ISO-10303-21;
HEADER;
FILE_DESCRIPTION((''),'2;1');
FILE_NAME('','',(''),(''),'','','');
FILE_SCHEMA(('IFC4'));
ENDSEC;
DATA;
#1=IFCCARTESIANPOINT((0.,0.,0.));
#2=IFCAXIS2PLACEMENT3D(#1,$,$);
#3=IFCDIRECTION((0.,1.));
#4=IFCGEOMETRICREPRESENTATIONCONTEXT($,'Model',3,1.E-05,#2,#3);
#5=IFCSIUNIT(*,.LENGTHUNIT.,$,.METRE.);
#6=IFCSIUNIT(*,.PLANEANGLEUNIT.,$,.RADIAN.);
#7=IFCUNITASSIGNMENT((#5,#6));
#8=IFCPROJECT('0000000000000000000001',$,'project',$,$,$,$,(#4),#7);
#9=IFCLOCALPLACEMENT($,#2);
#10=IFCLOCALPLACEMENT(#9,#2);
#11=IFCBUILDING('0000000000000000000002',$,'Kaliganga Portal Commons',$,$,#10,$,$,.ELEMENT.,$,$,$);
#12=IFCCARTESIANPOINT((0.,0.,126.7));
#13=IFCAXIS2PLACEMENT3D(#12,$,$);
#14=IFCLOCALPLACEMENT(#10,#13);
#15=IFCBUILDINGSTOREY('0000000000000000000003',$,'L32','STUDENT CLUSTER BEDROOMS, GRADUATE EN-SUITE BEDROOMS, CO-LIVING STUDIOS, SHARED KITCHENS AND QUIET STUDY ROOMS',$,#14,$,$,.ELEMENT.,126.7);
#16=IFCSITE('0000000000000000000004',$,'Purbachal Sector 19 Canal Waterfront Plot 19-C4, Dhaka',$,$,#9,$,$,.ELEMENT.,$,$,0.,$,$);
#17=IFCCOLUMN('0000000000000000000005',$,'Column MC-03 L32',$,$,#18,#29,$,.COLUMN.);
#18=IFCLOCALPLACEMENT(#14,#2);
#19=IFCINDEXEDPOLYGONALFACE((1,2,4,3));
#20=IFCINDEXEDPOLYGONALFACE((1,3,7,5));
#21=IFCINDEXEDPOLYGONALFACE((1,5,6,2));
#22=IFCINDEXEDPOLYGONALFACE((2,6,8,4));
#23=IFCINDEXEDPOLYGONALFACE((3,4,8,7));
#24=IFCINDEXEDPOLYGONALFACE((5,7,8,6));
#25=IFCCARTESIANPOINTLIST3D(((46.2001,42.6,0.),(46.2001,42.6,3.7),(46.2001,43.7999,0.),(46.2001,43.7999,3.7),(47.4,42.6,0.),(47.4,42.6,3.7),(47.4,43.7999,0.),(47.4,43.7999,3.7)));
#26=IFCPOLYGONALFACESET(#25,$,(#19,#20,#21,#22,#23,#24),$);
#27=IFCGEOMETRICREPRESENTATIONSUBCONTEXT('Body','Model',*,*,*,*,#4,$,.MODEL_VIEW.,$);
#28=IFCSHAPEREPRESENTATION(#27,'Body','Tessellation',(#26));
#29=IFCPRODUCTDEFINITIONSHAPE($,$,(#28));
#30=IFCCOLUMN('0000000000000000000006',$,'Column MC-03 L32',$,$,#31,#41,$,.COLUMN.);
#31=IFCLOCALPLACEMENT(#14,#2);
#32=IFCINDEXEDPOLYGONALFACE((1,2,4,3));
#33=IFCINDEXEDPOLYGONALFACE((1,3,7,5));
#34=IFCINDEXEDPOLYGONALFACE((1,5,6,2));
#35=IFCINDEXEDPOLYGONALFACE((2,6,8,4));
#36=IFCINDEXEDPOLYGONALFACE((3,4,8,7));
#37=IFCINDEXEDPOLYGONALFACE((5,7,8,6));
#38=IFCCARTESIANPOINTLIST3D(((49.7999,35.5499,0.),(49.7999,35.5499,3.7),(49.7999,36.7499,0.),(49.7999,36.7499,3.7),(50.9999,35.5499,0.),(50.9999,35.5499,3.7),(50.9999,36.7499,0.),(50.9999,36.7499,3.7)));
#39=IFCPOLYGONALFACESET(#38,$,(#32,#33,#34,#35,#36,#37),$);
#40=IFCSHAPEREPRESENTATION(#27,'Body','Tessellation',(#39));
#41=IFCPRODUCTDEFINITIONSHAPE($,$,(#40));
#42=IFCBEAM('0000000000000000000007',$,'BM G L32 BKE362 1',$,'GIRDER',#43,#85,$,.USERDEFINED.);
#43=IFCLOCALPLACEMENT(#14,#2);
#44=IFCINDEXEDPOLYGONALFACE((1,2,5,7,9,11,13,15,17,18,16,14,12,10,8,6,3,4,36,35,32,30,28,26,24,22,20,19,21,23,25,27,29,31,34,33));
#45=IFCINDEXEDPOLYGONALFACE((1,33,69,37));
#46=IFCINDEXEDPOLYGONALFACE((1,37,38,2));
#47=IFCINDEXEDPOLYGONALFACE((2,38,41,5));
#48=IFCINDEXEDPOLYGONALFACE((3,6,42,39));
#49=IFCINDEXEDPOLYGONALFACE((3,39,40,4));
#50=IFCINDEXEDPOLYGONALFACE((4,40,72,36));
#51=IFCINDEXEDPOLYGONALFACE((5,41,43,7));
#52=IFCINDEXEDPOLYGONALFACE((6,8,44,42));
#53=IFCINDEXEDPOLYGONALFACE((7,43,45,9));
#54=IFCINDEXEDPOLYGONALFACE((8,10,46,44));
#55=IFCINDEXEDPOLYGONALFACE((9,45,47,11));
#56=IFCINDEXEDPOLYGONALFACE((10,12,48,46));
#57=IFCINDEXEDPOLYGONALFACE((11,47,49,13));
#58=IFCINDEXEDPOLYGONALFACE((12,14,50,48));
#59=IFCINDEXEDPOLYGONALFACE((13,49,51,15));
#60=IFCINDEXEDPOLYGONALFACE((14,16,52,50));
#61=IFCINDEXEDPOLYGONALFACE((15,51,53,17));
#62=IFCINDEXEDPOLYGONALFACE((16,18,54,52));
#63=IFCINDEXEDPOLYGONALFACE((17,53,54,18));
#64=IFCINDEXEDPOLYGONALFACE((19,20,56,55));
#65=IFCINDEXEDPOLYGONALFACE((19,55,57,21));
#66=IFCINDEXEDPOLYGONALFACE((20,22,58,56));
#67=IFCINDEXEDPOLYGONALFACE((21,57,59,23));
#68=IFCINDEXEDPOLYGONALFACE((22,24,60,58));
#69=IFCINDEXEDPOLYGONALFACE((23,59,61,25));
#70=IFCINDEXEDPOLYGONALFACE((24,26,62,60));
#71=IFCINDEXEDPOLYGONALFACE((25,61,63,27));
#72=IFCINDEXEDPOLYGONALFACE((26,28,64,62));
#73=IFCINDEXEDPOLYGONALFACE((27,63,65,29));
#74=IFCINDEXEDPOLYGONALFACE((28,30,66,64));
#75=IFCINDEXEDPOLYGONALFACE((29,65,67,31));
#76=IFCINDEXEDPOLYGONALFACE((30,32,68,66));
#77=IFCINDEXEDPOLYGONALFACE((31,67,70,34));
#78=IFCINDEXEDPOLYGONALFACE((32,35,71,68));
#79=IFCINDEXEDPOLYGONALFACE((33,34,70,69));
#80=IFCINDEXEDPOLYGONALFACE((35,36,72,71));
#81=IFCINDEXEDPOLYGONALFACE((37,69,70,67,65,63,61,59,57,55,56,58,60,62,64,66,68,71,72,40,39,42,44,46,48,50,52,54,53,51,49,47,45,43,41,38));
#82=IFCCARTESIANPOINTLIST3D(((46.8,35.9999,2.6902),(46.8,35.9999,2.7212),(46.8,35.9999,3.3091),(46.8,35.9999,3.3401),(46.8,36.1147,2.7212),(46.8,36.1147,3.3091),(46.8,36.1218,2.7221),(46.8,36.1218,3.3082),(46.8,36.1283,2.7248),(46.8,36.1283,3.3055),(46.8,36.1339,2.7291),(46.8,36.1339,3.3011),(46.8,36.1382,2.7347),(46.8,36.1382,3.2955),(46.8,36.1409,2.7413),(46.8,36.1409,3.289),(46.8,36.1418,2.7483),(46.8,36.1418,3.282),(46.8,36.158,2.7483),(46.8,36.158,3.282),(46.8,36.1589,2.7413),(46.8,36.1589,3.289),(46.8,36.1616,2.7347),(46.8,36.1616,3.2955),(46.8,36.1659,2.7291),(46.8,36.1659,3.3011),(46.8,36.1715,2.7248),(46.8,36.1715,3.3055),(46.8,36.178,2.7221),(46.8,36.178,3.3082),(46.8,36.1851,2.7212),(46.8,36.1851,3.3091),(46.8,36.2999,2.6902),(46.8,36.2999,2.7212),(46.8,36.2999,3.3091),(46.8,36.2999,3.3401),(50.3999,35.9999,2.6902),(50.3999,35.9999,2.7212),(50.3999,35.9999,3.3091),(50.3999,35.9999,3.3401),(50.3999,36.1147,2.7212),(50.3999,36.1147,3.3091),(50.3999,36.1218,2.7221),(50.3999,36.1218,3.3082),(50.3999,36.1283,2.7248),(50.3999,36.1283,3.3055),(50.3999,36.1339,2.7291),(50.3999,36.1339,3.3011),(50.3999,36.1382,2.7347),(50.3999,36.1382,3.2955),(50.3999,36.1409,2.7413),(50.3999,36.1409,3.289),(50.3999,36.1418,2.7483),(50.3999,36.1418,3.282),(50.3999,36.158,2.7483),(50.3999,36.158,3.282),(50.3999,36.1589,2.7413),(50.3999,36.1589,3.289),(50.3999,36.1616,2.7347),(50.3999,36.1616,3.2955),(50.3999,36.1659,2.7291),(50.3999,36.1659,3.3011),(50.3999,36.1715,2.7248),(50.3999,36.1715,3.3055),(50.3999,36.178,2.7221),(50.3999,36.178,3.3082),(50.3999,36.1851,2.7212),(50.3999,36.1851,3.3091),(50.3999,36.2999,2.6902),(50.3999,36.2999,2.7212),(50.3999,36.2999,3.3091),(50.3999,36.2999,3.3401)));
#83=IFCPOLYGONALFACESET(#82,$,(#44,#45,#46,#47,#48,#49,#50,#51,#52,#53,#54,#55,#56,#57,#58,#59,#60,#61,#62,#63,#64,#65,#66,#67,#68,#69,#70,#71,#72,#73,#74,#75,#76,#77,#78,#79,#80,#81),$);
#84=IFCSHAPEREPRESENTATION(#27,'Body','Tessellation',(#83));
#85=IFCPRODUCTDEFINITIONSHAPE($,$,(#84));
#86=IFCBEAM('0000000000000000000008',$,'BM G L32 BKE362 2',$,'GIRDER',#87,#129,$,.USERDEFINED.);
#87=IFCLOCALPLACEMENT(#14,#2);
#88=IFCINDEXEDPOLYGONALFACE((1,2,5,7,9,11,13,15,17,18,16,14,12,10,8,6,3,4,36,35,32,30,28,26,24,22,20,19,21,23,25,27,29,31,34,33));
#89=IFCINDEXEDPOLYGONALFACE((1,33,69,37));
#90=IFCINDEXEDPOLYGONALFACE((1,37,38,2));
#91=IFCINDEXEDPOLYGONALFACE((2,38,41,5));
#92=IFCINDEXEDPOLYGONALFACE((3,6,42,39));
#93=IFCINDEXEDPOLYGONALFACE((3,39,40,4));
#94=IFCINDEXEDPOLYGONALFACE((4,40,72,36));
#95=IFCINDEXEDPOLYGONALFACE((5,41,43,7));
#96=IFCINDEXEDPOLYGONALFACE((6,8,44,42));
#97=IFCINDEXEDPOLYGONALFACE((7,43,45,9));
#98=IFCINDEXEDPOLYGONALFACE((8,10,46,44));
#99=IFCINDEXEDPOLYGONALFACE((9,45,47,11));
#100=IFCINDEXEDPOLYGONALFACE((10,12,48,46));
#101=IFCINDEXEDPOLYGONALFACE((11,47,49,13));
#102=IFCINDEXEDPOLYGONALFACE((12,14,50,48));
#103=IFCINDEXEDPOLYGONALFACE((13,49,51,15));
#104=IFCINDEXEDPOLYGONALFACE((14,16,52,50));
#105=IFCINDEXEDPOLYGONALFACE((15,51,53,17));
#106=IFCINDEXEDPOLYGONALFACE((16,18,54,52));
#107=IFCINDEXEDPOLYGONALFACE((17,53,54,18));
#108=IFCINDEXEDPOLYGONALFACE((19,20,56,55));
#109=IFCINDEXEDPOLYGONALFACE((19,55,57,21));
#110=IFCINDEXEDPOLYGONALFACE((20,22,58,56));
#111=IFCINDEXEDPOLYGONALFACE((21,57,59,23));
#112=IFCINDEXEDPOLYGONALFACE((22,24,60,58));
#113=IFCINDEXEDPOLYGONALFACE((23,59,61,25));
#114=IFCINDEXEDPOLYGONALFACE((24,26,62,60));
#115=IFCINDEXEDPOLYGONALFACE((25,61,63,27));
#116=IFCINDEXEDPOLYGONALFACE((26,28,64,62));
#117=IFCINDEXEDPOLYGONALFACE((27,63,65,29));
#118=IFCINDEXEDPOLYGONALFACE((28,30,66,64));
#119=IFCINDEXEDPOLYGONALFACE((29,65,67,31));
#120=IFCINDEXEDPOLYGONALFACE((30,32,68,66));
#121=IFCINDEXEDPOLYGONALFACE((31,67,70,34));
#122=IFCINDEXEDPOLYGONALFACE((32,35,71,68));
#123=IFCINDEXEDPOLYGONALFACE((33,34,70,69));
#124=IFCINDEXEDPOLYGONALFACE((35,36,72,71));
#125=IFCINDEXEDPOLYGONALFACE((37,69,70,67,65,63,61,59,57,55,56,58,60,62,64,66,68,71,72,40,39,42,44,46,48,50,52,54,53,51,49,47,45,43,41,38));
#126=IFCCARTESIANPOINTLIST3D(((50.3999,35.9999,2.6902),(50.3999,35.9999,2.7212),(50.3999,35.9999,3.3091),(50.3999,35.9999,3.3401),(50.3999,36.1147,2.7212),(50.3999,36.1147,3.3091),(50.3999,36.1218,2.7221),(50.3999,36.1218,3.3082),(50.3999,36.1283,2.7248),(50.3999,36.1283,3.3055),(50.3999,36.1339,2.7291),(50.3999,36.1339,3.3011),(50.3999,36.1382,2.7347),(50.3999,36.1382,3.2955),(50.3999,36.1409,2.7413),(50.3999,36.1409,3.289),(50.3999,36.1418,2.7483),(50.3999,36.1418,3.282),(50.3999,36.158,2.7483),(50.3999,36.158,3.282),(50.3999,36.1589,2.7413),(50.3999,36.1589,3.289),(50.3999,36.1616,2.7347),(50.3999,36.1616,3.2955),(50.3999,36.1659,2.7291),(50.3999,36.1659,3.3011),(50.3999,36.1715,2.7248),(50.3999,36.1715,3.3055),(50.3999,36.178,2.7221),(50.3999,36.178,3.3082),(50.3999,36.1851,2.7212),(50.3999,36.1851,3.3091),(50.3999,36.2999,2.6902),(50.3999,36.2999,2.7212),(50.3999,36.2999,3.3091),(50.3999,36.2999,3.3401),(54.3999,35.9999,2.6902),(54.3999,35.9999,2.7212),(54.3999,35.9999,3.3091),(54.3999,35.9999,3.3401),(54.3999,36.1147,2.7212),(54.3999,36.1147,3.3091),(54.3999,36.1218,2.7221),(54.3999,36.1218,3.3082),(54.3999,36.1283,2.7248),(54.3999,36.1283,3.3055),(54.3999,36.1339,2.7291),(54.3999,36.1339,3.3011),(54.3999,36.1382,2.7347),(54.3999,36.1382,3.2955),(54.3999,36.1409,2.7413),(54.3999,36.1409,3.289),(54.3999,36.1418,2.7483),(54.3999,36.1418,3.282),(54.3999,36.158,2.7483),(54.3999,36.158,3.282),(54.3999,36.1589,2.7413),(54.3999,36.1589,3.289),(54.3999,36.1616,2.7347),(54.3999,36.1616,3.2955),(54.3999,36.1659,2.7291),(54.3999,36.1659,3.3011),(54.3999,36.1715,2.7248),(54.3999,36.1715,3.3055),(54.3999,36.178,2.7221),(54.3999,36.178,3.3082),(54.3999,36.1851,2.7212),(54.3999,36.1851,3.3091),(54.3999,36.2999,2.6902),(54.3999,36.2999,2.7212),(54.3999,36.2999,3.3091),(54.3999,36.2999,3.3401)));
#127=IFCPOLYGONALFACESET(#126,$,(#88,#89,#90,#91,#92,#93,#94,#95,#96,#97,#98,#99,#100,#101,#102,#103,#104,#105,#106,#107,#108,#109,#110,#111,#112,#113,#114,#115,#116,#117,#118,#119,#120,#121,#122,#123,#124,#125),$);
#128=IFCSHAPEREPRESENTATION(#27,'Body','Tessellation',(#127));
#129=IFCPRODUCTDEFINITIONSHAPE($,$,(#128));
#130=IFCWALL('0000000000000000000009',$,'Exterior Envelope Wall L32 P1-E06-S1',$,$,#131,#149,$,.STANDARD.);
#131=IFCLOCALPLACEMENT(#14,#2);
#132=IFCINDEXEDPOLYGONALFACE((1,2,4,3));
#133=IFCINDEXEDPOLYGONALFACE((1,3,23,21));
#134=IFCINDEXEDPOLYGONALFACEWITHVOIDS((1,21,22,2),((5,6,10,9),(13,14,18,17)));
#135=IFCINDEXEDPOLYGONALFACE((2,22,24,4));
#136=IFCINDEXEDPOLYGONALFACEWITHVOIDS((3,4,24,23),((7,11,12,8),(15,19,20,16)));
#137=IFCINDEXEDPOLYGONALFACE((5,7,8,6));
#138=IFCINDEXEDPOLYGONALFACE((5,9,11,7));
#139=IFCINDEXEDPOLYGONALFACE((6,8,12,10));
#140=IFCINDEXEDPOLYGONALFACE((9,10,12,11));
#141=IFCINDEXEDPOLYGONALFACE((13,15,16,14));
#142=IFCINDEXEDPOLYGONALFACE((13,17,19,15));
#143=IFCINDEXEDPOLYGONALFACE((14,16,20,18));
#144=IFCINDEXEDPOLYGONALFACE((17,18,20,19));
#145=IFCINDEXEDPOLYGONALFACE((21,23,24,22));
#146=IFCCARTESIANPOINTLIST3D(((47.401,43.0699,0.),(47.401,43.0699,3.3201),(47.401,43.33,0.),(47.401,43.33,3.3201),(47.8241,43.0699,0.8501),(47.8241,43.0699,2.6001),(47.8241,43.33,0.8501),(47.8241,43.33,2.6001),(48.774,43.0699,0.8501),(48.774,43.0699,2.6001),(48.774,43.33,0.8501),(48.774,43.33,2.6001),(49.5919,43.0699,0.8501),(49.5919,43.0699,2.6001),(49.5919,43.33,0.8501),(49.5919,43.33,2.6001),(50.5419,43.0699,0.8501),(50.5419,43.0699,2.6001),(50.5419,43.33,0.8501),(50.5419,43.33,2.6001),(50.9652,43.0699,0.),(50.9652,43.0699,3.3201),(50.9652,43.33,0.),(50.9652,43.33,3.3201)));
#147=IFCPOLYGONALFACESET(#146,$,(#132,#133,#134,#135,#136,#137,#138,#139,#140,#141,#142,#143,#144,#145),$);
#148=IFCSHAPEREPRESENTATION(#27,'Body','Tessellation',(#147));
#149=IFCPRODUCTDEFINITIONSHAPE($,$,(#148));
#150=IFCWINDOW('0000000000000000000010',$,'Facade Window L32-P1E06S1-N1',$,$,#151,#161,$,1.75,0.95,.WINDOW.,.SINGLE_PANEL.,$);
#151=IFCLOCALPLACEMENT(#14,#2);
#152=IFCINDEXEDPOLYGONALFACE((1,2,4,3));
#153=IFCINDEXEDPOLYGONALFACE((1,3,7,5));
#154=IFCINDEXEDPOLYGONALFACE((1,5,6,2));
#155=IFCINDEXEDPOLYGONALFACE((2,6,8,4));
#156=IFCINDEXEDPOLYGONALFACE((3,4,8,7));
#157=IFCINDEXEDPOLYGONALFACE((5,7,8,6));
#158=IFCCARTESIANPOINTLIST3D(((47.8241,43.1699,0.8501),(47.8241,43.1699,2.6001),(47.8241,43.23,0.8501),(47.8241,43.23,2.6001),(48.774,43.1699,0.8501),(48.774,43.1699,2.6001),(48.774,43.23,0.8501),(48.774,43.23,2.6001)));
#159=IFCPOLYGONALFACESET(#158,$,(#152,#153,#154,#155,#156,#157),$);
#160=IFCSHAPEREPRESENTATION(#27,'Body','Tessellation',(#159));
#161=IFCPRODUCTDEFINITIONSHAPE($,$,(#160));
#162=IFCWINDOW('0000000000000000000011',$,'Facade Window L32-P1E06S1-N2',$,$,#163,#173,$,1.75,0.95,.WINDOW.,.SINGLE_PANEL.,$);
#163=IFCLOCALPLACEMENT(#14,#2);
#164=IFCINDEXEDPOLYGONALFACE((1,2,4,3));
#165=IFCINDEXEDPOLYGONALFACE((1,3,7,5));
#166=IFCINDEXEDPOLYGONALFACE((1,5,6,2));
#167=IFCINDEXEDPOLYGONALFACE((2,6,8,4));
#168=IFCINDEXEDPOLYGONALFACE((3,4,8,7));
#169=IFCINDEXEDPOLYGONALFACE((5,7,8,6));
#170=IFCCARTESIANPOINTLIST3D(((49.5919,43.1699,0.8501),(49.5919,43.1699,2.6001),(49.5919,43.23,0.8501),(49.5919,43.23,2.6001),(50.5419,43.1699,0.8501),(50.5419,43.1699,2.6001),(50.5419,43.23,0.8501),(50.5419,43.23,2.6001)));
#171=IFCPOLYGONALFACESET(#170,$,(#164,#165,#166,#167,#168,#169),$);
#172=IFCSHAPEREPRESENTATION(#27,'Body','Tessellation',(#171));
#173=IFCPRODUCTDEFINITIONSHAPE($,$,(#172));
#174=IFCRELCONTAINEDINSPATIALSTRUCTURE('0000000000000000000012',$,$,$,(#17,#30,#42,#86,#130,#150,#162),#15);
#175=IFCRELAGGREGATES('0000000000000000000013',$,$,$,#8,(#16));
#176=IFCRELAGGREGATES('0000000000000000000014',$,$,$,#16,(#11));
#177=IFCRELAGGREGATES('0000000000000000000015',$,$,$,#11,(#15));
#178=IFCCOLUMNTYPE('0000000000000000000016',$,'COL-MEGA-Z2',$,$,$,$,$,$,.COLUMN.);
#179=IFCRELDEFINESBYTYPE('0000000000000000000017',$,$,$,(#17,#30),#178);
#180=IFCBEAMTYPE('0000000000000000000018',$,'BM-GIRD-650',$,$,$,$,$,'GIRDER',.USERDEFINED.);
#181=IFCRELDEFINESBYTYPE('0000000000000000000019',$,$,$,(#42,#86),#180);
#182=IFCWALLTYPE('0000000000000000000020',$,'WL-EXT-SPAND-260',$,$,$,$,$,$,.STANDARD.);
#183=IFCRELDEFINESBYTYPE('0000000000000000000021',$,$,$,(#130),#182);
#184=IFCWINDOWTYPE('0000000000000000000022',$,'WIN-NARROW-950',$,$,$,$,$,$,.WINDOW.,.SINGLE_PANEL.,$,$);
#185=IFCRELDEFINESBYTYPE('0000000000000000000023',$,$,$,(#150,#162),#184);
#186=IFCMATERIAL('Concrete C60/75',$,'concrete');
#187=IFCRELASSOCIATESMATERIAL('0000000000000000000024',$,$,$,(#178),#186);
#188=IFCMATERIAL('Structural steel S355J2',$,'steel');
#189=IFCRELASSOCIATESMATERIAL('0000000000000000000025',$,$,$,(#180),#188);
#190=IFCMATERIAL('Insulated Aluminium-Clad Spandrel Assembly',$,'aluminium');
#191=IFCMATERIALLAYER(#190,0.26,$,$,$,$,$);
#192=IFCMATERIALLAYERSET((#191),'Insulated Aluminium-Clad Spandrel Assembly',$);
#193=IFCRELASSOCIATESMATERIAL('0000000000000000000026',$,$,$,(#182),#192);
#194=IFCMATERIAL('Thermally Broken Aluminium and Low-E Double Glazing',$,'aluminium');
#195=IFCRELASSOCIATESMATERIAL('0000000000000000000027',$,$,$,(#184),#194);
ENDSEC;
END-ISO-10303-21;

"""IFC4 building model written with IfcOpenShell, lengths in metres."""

from ifc_helpers import new_model, si_unit, direction, frame, frame_2d, origin, origin_2d, place, context, subcontext, project, spatial, rectangle, i_section, extrude, source, transform, mapped, material, layer, layer_set, material_profile, profile_set, type_object, element, fill, save


model = new_model("IFC4")

# Units and contexts
model_context = context("Model", 3, precision=1e-05, world=origin(), true_north=direction((0.0, 1.0)))
body_context = subcontext(model_context, "Body", "Model", "MODEL_VIEW")
ifc_project = project(units=[si_unit("LENGTHUNIT", "METRE"), si_unit("PLANEANGLEUNIT", "RADIAN")], contexts=[model_context])

# Site, building, storey
site_placement = place(None, origin())
site = spatial("IfcSite", under=ifc_project, at=site_placement, Name="Purbachal Sector 19 Canal Waterfront Plot 19-C4, Dhaka", CompositionType="ELEMENT", RefElevation=0.0)
building_placement = place(site_placement, origin())
building = spatial("IfcBuilding", under=site, at=building_placement, Name="Kaliganga Portal Commons", CompositionType="ELEMENT")
storey_placement = place(building_placement, frame((0.0, 0.0, 126.7)))
storey = spatial("IfcBuildingStorey", under=building, at=storey_placement, Name="L32", Description="STUDENT CLUSTER BEDROOMS, GRADUATE EN-SUITE BEDROOMS, CO-LIVING STUDIOS, SHARED KITCHENS AND QUIET STUDY ROOMS", CompositionType="ELEMENT", Elevation=126.7)

# Columns
ifc_material_1 = material(Name="Concrete C60/75", Category="concrete")
ifc_material_profile_1 = material_profile(ifc_material_1, rectangle(XDim=1.2, YDim=1.2, at=origin_2d()), Name="RC 1200x1200")
ifc_profile_set_1 = profile_set([ifc_material_profile_1], Name="Concrete C60/75")
column_type = type_object("IfcColumnType", Name="COL-MEGA-Z2", PredefinedType="COLUMN", material=ifc_profile_set_1)
shared_shape_1 = source(origin(), body_context, "Body", "SweptSolid", [
    extrude(rectangle(XDim=1.2, YDim=1.2, at=origin_2d()), origin(), (0.0, 0.0, 1.0), 3.7),
])
for number, where, z_axis, x_axis, name in (
    (1, (46.8, 43.2, 0.0), (0.0, 0.0, 1.0), (1.0, 0.0, 0.0), "Column MC-03 L32"),
    (2, (50.3999, 36.1499, 0.0), (0.0, 0.0, 1.0), (1.0, 0.0, 0.0), "Column MC-03 L32"),
):
    element("IfcColumn", number, at=place(storey_placement, frame(where, z_axis=z_axis, x_axis=x_axis)), inside=storey, type_object=column_type, Name=name, PredefinedType="COLUMN", context=body_context, shape_type="MappedRepresentation", body=[
        mapped(shared_shape_1, transform((0.0, 0.0, 0.0), x_axis=(1.0, 0.0, 0.0), y_axis=(0.0, 1.0, 0.0), z_axis=(0.0, 0.0, 1.0), scale=1.0)),
    ])

# Beams
ifc_material_2 = material(Name="Structural steel S355J2", Category="steel")
ifc_material_profile_2 = material_profile(ifc_material_2, i_section(OverallWidth=0.3, OverallDepth=0.6499, WebThickness=0.0161, FlangeThickness=0.031, FilletRadius=0.0271, at=origin_2d()), Name="HE 650 B")
ifc_profile_set_2 = profile_set([ifc_material_profile_2], Name="Structural steel S355J2 wide-flange")
beam_type = type_object("IfcBeamType", Name="BM-GIRD-650", ElementType="GIRDER", PredefinedType="USERDEFINED", material=ifc_profile_set_2)
shared_shape_2 = source(origin(), body_context, "Body", "SweptSolid", [
    extrude(i_section(OverallWidth=0.3, OverallDepth=0.6499, WebThickness=0.0161, FlangeThickness=0.031, FilletRadius=0.0271, at=origin_2d()), origin(), (0.0, 0.0, 1.0), 3.5999),
])
beam_1_placement = place(storey_placement, frame((46.8, 36.1499, 3.0151), z_axis=(1.0, 0.0, 0.0), x_axis=(0.0, 1.0, 0.0)))
element("IfcBeam", 3, at=beam_1_placement, inside=storey, type_object=beam_type, Name="BM G L32 BKE362 1", ObjectType="GIRDER", PredefinedType="USERDEFINED", context=body_context, shape_type="MappedRepresentation", body=[
    mapped(shared_shape_2, transform((0.0, 0.0, 0.0), x_axis=(1.0, 0.0, 0.0), y_axis=(0.0, 1.0, 0.0), z_axis=(0.0, 0.0, 1.0), scale=1.0)),
])
shared_shape_3 = source(origin(), body_context, "Body", "SweptSolid", [
    extrude(i_section(OverallWidth=0.3, OverallDepth=0.6499, WebThickness=0.0161, FlangeThickness=0.031, FilletRadius=0.0271, at=origin_2d()), origin(), (0.0, 0.0, 1.0), 4.0),
])
beam_2_placement = place(storey_placement, frame((50.3999, 36.1499, 3.0151), z_axis=(1.0, 0.0, 0.0), x_axis=(0.0, 1.0, 0.0)))
element("IfcBeam", 4, at=beam_2_placement, inside=storey, type_object=beam_type, Name="BM G L32 BKE362 2", ObjectType="GIRDER", PredefinedType="USERDEFINED", context=body_context, shape_type="MappedRepresentation", body=[
    mapped(shared_shape_3, transform((0.0, 0.0, 0.0), x_axis=(1.0, 0.0, 0.0), y_axis=(0.0, 1.0, 0.0), z_axis=(0.0, 0.0, 1.0), scale=1.0)),
])

# Wall, openings, windows
ifc_material_3 = material(Name="Insulated Aluminium-Clad Spandrel Assembly", Category="aluminium")
ifc_layer_1 = layer(ifc_material_3, 0.26)
ifc_layer_set_1 = layer_set([ifc_layer_1], Name="Insulated Aluminium-Clad Spandrel Assembly")
wall_type_1 = type_object("IfcWallType", Name="WL-EXT-SPAND-260", PredefinedType="STANDARD", material=ifc_layer_set_1)
wall_1_placement = place(storey_placement, frame((47.4009, 43.2, 0.0), z_axis=(0.0, 0.0, 1.0), x_axis=(1.0, 0.0, 0.0)))
wall_1 = element("IfcWall", 5, at=wall_1_placement, inside=storey, type_object=wall_type_1, Name="Exterior Envelope Wall L32 P1-E06-S1", PredefinedType="STANDARD", context=body_context, shape_type="SweptSolid", body=[
    extrude(rectangle(XDim=3.5642, YDim=0.26, at=frame_2d((1.7822, 0.0))), origin(), (0.0, 0.0, 1.0), 3.3201),
])
opening_1_placement = place(wall_1_placement, frame((0.4231, 0.0, 0.8501)))
opening_1 = element("IfcOpeningElement", 6, at=opening_1_placement, cuts=wall_1, PredefinedType="OPENING", context=body_context, shape_type="SweptSolid", body=[
    extrude(rectangle(XDim=0.95, YDim=1.75, at=frame_2d((0.4751, 0.875))), frame((0.0, 0.1401, 0.0), z_axis=(0.0, -1.0, 0.0), x_axis=(1.0, 0.0, 0.0)), (0.0, 0.0, 1.0), 0.28),
])
opening_2_placement = place(wall_1_placement, frame((2.1909, 0.0, 0.8501)))
opening_2 = element("IfcOpeningElement", 7, at=opening_2_placement, cuts=wall_1, PredefinedType="OPENING", context=body_context, shape_type="SweptSolid", body=[
    extrude(rectangle(XDim=0.95, YDim=1.75, at=frame_2d((0.4751, 0.875))), frame((0.0, 0.1401, 0.0), z_axis=(0.0, -1.0, 0.0), x_axis=(1.0, 0.0, 0.0)), (0.0, 0.0, 1.0), 0.28),
])
ifc_material_4 = material(Name="Thermally Broken Aluminium and Low-E Double Glazing", Category="aluminium")
window_type = type_object("IfcWindowType", Name="WIN-NARROW-950", PartitioningType="SINGLE_PANEL", PredefinedType="WINDOW", material=ifc_material_4)
window_1_placement = place(opening_1_placement, origin())
window_1 = element("IfcWindow", 8, at=window_1_placement, inside=storey, type_object=window_type, Name="Facade Window L32-P1E06S1-N1", OverallHeight=1.75, OverallWidth=0.95, PartitioningType="SINGLE_PANEL", PredefinedType="WINDOW", context=body_context, shape_type="SweptSolid", body=[
    extrude(rectangle(XDim=0.95, YDim=1.75, at=frame_2d((0.4751, 0.875))), frame((0.0, 0.03, 0.0), z_axis=(0.0, -1.0, 0.0), x_axis=(1.0, 0.0, 0.0)), (0.0, 0.0, 1.0), 0.0601),
])
fill(opening_1, window_1)
window_2_placement = place(opening_2_placement, origin())
window_2 = element("IfcWindow", 9, at=window_2_placement, inside=storey, type_object=window_type, Name="Facade Window L32-P1E06S1-N2", OverallHeight=1.75, OverallWidth=0.95, PartitioningType="SINGLE_PANEL", PredefinedType="WINDOW", context=body_context, shape_type="SweptSolid", body=[
    extrude(rectangle(XDim=0.95, YDim=1.75, at=frame_2d((0.4751, 0.875))), frame((0.0, 0.03, 0.0), z_axis=(0.0, -1.0, 0.0), x_axis=(1.0, 0.0, 0.0)), (0.0, 0.0, 1.0), 0.0601),
])
fill(opening_2, window_2)

save(model, "model.ifc")
